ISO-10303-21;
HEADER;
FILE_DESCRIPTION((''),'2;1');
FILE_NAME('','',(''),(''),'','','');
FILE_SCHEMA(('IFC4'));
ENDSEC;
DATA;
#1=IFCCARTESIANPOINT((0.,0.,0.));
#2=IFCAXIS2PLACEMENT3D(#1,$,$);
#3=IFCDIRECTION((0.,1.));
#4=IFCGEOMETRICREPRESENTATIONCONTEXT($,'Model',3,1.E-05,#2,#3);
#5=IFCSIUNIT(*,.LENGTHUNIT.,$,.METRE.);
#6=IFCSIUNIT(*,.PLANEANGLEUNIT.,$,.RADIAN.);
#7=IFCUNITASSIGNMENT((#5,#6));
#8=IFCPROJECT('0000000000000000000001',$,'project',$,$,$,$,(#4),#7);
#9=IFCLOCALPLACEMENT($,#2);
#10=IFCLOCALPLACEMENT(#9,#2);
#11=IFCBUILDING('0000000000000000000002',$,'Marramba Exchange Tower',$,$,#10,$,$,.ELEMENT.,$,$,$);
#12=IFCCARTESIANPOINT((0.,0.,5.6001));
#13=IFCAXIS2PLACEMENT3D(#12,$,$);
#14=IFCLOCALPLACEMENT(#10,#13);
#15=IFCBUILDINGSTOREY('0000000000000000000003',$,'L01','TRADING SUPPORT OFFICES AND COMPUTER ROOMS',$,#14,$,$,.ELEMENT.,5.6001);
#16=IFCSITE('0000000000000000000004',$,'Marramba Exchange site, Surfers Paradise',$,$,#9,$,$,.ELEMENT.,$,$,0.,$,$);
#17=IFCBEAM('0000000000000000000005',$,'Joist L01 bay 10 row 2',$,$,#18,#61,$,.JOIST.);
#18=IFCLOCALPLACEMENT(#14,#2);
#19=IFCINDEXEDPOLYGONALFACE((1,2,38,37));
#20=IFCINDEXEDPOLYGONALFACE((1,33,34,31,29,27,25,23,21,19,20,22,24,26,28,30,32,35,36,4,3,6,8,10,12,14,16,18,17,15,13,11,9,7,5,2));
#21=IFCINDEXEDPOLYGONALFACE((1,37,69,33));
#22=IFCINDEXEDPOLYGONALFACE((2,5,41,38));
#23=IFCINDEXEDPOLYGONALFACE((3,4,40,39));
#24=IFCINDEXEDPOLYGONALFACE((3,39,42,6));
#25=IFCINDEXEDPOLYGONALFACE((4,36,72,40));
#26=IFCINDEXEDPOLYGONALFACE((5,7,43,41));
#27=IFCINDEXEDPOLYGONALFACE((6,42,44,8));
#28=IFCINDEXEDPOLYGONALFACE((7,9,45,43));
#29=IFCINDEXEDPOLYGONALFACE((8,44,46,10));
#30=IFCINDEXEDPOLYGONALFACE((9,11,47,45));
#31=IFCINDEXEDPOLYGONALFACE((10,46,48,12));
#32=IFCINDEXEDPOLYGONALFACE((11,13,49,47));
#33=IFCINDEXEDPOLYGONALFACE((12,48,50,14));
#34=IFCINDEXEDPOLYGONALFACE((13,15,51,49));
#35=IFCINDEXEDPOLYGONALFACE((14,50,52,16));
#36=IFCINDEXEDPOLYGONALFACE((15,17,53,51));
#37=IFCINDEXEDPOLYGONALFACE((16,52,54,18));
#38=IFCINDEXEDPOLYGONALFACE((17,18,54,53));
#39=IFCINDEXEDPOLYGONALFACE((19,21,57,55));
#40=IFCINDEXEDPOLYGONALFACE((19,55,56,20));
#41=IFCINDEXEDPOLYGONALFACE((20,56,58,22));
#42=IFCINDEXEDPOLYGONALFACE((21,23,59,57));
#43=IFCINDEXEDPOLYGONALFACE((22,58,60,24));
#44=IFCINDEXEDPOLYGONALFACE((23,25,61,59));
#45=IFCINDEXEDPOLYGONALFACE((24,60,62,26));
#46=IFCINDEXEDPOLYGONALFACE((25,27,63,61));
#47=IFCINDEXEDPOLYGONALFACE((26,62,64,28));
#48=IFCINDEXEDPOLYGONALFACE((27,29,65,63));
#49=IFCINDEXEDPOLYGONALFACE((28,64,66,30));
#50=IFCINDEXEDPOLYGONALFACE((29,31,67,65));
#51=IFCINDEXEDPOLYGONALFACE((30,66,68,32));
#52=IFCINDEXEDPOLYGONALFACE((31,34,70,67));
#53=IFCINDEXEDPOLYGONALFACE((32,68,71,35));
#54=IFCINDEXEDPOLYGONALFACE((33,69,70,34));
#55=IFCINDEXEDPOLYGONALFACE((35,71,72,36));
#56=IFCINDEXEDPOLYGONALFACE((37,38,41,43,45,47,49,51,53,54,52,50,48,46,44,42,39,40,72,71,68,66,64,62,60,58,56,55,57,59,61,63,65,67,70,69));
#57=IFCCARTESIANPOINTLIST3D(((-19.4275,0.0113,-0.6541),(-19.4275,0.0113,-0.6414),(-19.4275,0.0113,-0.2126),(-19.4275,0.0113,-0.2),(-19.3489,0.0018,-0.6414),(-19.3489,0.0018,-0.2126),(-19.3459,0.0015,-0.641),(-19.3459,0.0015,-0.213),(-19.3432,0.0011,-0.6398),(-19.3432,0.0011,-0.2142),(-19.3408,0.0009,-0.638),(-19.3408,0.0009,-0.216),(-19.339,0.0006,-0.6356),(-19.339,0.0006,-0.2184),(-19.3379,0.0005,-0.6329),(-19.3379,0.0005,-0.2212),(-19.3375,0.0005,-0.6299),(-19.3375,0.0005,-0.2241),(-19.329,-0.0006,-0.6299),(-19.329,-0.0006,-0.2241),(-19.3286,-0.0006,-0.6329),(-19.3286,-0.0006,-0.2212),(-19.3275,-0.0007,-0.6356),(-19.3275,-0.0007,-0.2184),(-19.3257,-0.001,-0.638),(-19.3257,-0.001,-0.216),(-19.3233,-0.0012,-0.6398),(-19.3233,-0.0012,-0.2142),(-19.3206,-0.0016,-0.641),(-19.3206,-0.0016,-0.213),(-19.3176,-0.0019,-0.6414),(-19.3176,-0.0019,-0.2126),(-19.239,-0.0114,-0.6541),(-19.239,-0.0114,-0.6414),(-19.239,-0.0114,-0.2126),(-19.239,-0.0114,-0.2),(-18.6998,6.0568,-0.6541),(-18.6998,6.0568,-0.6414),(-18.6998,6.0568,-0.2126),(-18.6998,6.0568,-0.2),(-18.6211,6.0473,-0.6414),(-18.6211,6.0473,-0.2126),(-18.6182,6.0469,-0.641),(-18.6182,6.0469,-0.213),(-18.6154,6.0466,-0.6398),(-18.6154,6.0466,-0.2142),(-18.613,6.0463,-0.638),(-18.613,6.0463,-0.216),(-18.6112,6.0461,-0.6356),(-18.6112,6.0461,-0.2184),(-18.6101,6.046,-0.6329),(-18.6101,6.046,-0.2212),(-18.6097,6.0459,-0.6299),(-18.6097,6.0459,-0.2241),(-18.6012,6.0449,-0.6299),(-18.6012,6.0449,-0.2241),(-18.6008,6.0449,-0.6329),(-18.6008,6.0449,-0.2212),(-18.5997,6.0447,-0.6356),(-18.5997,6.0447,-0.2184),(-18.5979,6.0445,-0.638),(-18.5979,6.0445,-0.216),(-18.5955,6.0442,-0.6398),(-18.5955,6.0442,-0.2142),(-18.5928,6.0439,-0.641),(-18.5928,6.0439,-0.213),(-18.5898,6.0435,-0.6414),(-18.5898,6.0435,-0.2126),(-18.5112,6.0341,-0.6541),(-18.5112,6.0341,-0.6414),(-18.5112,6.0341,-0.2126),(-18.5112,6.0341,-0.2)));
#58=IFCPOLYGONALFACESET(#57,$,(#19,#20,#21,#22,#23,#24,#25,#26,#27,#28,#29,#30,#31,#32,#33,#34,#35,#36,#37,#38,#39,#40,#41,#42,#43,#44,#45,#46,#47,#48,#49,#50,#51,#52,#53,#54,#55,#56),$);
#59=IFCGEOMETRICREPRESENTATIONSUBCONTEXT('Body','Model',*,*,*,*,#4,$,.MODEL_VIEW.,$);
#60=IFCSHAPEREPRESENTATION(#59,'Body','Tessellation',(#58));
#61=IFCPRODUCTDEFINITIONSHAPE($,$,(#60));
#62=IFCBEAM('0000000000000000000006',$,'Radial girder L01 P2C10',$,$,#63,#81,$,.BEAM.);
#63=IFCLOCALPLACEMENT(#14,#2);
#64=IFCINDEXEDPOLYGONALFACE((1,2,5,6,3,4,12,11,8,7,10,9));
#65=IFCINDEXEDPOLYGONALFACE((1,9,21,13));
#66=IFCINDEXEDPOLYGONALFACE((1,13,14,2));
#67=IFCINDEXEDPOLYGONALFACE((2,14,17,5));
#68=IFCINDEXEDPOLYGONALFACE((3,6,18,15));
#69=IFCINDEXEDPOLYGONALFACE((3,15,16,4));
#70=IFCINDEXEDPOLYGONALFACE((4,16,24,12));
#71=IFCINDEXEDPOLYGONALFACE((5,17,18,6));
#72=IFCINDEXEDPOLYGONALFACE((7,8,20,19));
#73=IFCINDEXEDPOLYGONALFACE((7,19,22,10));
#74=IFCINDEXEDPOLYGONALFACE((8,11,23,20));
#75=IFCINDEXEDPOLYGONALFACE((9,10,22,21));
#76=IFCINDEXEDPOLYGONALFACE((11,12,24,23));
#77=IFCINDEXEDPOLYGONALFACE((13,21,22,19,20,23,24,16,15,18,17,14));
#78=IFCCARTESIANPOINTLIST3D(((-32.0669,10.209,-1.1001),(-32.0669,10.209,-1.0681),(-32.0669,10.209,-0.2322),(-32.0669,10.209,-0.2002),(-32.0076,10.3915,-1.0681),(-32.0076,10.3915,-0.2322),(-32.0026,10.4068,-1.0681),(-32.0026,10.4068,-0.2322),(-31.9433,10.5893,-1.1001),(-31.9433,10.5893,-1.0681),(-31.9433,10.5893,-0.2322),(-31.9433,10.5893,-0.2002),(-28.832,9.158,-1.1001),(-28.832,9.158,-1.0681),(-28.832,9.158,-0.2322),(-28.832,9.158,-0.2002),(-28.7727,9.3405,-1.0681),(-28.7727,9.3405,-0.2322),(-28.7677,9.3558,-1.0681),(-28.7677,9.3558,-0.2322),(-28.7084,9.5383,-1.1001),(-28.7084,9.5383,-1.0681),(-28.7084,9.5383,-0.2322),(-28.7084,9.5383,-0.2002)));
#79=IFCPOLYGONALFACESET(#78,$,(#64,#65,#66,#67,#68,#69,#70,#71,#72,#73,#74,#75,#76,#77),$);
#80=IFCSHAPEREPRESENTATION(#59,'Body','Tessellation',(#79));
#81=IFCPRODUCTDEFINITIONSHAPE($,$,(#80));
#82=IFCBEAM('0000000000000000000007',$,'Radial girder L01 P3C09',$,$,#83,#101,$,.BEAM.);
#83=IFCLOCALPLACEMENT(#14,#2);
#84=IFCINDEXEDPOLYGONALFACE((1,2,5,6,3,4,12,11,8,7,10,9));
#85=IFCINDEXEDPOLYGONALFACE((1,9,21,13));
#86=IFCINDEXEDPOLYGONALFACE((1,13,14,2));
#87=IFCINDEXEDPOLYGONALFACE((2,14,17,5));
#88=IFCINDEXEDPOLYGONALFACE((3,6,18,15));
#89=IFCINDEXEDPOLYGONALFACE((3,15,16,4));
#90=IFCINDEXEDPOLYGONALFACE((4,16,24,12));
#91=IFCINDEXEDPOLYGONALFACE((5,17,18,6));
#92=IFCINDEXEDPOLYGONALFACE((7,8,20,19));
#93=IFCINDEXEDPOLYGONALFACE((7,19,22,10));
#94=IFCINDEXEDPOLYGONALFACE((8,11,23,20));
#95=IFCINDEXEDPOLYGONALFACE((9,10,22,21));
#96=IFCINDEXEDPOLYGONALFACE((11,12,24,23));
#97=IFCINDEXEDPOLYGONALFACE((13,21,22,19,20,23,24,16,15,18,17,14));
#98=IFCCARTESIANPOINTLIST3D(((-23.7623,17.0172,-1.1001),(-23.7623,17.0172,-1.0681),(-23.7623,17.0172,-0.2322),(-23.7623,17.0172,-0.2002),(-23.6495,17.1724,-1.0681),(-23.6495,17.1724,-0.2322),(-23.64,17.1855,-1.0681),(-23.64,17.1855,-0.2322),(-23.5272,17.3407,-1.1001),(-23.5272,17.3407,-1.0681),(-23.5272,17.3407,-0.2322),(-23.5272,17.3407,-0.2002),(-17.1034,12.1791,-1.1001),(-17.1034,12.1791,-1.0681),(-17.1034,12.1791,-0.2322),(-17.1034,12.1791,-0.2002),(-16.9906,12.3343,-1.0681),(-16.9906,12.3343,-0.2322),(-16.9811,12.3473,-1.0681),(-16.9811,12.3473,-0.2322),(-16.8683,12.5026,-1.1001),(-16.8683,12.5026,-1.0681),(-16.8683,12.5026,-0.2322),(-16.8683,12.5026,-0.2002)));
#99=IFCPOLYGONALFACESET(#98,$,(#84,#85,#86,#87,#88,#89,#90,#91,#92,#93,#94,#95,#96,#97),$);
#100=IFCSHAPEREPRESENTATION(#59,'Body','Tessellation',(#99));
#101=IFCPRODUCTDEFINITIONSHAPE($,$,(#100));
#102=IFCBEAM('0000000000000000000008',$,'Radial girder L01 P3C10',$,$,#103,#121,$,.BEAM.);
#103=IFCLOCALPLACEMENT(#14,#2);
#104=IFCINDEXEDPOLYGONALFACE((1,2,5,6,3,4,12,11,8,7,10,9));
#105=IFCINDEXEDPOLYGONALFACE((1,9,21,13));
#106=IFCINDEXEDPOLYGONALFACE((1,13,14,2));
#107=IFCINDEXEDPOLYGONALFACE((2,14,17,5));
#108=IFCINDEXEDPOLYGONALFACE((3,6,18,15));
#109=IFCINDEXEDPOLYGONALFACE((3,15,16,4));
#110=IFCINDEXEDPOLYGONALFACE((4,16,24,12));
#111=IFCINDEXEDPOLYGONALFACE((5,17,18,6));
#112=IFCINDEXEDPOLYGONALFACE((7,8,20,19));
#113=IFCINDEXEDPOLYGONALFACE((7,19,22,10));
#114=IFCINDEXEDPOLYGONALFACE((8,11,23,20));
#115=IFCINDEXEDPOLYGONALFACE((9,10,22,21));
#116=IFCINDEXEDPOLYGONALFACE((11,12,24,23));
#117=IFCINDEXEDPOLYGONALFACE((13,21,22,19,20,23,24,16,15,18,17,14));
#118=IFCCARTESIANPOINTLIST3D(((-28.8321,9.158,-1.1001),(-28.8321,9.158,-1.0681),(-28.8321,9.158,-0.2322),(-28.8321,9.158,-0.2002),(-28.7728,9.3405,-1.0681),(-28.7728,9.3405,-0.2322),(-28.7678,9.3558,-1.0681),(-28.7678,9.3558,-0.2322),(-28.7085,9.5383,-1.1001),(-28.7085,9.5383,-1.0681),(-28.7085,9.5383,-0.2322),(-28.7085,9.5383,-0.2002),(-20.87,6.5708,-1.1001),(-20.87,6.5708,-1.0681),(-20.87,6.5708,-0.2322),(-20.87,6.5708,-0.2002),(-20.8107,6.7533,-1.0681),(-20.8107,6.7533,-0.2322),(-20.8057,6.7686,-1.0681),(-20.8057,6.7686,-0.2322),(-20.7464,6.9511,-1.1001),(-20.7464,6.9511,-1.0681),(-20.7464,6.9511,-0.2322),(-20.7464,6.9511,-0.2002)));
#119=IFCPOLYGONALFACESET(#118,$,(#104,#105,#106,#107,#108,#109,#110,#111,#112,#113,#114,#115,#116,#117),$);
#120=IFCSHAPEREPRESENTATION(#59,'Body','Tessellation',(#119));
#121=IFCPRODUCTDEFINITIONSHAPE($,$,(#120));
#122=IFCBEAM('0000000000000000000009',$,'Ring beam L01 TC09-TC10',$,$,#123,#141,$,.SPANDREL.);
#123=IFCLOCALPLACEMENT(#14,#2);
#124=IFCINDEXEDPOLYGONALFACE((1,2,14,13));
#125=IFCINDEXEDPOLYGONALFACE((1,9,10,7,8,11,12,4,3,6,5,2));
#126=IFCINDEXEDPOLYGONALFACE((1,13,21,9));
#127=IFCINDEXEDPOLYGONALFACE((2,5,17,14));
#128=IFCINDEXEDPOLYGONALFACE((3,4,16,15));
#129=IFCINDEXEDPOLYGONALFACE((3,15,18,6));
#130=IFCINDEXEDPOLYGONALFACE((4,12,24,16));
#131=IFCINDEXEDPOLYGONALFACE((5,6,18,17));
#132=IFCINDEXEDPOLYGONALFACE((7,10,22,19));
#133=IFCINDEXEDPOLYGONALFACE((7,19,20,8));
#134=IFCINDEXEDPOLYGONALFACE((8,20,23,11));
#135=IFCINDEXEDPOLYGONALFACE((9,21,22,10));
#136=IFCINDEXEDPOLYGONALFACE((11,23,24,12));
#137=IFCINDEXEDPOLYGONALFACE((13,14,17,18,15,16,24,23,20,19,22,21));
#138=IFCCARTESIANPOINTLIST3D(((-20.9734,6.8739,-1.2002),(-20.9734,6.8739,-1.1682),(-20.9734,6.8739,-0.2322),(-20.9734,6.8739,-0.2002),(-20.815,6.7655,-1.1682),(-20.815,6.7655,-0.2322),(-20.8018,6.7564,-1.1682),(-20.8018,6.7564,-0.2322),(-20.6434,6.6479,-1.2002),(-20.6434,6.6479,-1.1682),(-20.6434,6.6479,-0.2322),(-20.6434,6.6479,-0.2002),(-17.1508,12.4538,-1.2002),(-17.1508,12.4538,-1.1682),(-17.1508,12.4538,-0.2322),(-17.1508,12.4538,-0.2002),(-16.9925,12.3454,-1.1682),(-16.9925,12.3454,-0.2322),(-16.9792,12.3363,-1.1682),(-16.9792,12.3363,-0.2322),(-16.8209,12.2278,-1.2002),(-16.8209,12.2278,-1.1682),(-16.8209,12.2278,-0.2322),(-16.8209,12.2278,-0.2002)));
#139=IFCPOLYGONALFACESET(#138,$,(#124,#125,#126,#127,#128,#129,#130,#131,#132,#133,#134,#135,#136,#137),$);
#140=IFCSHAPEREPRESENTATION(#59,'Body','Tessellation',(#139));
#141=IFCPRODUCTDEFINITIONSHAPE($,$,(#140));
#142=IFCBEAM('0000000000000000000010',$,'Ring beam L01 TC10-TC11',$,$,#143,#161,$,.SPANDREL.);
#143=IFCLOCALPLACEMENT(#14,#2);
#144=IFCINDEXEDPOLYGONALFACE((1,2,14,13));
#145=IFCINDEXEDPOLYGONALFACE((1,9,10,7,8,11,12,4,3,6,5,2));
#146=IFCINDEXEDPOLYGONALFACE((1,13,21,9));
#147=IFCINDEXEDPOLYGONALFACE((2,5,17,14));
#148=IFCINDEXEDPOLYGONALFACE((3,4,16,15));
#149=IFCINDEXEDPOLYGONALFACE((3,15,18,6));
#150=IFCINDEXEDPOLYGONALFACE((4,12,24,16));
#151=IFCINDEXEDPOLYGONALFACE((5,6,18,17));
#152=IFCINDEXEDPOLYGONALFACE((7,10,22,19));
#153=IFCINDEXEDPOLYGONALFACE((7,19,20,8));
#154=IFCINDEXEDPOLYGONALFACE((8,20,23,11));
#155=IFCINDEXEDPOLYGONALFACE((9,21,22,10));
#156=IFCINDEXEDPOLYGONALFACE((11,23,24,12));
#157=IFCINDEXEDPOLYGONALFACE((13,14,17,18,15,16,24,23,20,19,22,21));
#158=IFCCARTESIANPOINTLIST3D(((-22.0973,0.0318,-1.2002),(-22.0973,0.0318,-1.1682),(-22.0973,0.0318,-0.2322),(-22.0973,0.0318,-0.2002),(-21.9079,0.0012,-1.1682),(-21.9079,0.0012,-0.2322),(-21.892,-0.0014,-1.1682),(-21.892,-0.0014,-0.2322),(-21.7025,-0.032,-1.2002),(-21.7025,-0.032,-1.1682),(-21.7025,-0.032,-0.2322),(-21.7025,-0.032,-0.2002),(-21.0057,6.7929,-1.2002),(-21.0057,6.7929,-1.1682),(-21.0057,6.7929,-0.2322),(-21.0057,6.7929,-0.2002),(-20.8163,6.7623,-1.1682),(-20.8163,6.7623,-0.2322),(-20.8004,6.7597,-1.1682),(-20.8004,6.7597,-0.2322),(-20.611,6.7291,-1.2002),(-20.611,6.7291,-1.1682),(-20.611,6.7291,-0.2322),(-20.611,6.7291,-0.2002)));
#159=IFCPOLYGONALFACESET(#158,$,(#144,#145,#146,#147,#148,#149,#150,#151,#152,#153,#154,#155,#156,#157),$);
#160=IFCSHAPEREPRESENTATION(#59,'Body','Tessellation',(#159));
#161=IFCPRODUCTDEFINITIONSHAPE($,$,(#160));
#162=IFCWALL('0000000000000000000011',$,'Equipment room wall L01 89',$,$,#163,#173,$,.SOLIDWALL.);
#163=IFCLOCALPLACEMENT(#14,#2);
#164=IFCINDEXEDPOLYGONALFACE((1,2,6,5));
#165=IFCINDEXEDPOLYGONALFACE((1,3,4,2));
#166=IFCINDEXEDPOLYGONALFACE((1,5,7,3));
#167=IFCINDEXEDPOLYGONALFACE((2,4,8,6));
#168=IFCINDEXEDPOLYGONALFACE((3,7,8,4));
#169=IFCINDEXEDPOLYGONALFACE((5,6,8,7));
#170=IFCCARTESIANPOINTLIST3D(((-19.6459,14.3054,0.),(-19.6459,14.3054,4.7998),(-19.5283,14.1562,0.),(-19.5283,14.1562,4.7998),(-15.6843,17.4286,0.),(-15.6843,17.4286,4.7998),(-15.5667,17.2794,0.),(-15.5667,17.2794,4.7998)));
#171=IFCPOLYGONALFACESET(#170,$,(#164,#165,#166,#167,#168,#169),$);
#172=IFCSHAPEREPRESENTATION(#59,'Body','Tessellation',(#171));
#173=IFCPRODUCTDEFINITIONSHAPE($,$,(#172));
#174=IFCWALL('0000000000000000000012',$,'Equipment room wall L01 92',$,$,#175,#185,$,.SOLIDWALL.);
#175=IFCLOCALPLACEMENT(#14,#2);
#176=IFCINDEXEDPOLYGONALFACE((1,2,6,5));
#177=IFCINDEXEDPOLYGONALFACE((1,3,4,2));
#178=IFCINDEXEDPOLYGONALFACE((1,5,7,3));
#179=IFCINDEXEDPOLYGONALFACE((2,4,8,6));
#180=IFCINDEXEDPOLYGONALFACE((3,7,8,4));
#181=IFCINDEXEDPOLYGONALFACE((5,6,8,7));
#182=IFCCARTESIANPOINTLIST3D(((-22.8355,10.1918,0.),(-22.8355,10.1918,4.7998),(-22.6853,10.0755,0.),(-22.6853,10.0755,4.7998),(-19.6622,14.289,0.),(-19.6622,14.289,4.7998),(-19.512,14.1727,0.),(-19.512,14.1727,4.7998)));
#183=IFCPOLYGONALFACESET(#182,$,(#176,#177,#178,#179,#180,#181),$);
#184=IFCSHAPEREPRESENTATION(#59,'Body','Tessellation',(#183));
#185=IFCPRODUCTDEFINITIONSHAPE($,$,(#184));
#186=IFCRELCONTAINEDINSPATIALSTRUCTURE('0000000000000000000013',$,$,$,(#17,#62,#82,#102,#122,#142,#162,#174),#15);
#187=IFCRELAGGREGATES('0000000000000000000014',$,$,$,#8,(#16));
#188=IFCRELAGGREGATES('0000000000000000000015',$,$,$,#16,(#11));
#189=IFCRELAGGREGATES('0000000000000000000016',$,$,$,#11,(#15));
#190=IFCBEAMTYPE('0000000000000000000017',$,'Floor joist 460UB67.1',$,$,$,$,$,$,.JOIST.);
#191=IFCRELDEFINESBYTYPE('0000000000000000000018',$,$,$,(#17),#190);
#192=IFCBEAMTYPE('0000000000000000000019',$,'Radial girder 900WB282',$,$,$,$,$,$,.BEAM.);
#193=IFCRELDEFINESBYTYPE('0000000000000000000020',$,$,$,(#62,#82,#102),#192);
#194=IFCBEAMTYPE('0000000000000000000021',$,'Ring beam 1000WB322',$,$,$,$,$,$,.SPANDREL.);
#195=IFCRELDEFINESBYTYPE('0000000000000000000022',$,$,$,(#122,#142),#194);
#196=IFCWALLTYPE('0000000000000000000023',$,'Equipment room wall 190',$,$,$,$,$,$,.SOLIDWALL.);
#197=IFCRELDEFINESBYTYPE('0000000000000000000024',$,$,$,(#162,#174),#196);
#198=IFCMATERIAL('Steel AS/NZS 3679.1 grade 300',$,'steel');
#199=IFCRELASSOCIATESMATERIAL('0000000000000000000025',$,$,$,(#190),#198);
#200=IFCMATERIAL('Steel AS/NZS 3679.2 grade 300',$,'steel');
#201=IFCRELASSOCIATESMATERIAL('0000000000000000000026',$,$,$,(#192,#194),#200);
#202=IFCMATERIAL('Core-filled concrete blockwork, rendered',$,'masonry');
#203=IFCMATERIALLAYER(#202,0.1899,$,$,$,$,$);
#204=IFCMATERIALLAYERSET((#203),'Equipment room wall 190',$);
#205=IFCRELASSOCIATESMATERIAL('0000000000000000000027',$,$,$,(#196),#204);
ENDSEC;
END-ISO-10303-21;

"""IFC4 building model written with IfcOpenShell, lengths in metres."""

from ifc_helpers import new_model, si_unit, direction, frame, frame_2d, origin, origin_2d, place, context, subcontext, project, spatial, rectangle, i_section, extrude, material, layer, layer_set, material_profile, profile_set, type_object, element, save


model = new_model("IFC4")

# Units and contexts
model_context = context("Model", 3, precision=1e-05, world=origin(), true_north=direction((0.0, 1.0)))
body_context = subcontext(model_context, "Body", "Model", "MODEL_VIEW")
ifc_project = project(units=[si_unit("LENGTHUNIT", "METRE"), si_unit("PLANEANGLEUNIT", "RADIAN")], contexts=[model_context])

# Site, building, storey
site_placement = place(None, origin())
site = spatial("IfcSite", under=ifc_project, at=site_placement, Name="Marramba Exchange site, Surfers Paradise", CompositionType="ELEMENT", RefElevation=0.0)
building_placement = place(site_placement, origin())
building = spatial("IfcBuilding", under=site, at=building_placement, Name="Marramba Exchange Tower", CompositionType="ELEMENT")
storey_placement = place(building_placement, frame((0.0, 0.0, 5.6001)))
storey = spatial("IfcBuildingStorey", under=building, at=storey_placement, Name="L01", Description="TRADING SUPPORT OFFICES AND COMPUTER ROOMS", CompositionType="ELEMENT", Elevation=5.6001)

# Beams
ifc_material_1 = material(Name="Steel AS/NZS 3679.1 grade 300", Category="steel")
ifc_material_profile_1 = material_profile(ifc_material_1, i_section(OverallWidth=0.1899, OverallDepth=0.4541, WebThickness=0.0085, FlangeThickness=0.0127, FilletRadius=0.0115, at=origin_2d()), Name="460UB67.1")
ifc_profile_set_1 = profile_set([ifc_material_profile_1], Name="Steel AS/NZS 3679.1 grade 300")
beam_type_1 = type_object("IfcBeamType", Name="Floor joist 460UB67.1", PredefinedType="JOIST", material=ifc_profile_set_1)
beam_1_placement = place(storey_placement, frame((-18.6055, 6.0454, -0.427), z_axis=(-0.119523, -0.992831, 0.0), x_axis=(0.992831, -0.119523, 0.0)))
element("IfcBeam", 1, at=beam_1_placement, inside=storey, type_object=beam_type_1, Name="Joist L01 bay 10 row 2", PredefinedType="JOIST", context=body_context, shape_type="SweptSolid", body=[
    extrude(i_section(OverallWidth=0.1899, OverallDepth=0.4541, WebThickness=0.0085, FlangeThickness=0.0127, FilletRadius=0.0115, at=origin_2d()), origin(), (0.0, 0.0, 1.0), 6.0891),
])
ifc_material_2 = material(Name="Steel AS/NZS 3679.2 grade 300", Category="steel")
ifc_material_profile_2 = material_profile(ifc_material_2, i_section(OverallWidth=0.3999, OverallDepth=0.8999, WebThickness=0.0161, FlangeThickness=0.032, at=origin_2d()), Name="900WB282")
ifc_profile_set_2 = profile_set([ifc_material_profile_2], Name="Steel AS/NZS 3679.2 grade 300")
beam_type_2 = type_object("IfcBeamType", Name="Radial girder 900WB282", PredefinedType="BEAM", material=ifc_profile_set_2)
beam_2_placement = place(storey_placement, frame((-32.0051, 10.3992, -0.6501), z_axis=(0.95106, -0.309005, 0.0), x_axis=(0.309005, 0.95106, 0.0)))
element("IfcBeam", 2, at=beam_2_placement, inside=storey, type_object=beam_type_2, Name="Radial girder L01 P2C10", PredefinedType="BEAM", context=body_context, shape_type="SweptSolid", body=[
    extrude(i_section(OverallWidth=0.3999, OverallDepth=0.8999, WebThickness=0.0161, FlangeThickness=0.032, at=origin_2d()), origin(), (0.0, 0.0, 1.0), 3.4014),
])
beam_3_placement = place(storey_placement, frame((-23.6448, 17.179, -0.6501), z_axis=(0.809009, -0.587796, 0.0), x_axis=(0.587796, 0.809009, 0.0)))
element("IfcBeam", 3, at=beam_3_placement, inside=storey, type_object=beam_type_2, Name="Radial girder L01 P3C09", PredefinedType="BEAM", context=body_context, shape_type="SweptSolid", body=[
    extrude(i_section(OverallWidth=0.3999, OverallDepth=0.8999, WebThickness=0.0161, FlangeThickness=0.032, at=origin_2d()), origin(), (0.0, 0.0, 1.0), 8.231),
])
beam_4_placement = place(storey_placement, frame((-28.7703, 9.3481, -0.6501), z_axis=(0.95105, -0.309036, 0.0), x_axis=(0.309036, 0.95105, 0.0)))
element("IfcBeam", 4, at=beam_4_placement, inside=storey, type_object=beam_type_2, Name="Radial girder L01 P3C10", PredefinedType="BEAM", context=body_context, shape_type="SweptSolid", body=[
    extrude(i_section(OverallWidth=0.3999, OverallDepth=0.8999, WebThickness=0.0161, FlangeThickness=0.032, at=origin_2d()), origin(), (0.0, 0.0, 1.0), 8.3718),
])
ifc_material_profile_3 = material_profile(ifc_material_2, i_section(OverallWidth=0.3999, OverallDepth=1.0, WebThickness=0.0161, FlangeThickness=0.032, at=origin_2d()), Name="1000WB322")
ifc_profile_set_3 = profile_set([ifc_material_profile_3], Name="Steel AS/NZS 3679.2 grade 300")
beam_type_3 = type_object("IfcBeamType", Name="Ring beam 1000WB322", PredefinedType="SPANDREL", material=ifc_profile_set_3)
beam_5_placement = place(storey_placement, frame((-16.9858, 12.3408, -0.7002), z_axis=(-0.56516, -0.824981, 0.0), x_axis=(0.824981, -0.56516, 0.0)))
element("IfcBeam", 5, at=beam_5_placement, inside=storey, type_object=beam_type_3, Name="Ring beam L01 TC09-TC10", PredefinedType="SPANDREL", context=body_context, shape_type="SweptSolid", body=[
    extrude(i_section(OverallWidth=0.3999, OverallDepth=1.0, WebThickness=0.0161, FlangeThickness=0.032, at=origin_2d()), origin(), (0.0, 0.0, 1.0), 6.7637),
])
beam_6_placement = place(storey_placement, frame((-20.8083, 6.761, -0.7002), z_axis=(-0.159385, -0.987217, 0.0), x_axis=(0.987217, -0.159385, 0.0)))
element("IfcBeam", 6, at=beam_6_placement, inside=storey, type_object=beam_type_3, Name="Ring beam L01 TC10-TC11", PredefinedType="SPANDREL", context=body_context, shape_type="SweptSolid", body=[
    extrude(i_section(OverallWidth=0.3999, OverallDepth=1.0, WebThickness=0.0161, FlangeThickness=0.032, at=origin_2d()), origin(), (0.0, 0.0, 1.0), 6.8486),
])

# Walls
ifc_material_3 = material(Name="Core-filled concrete blockwork, rendered", Category="masonry")
ifc_layer_1 = layer(ifc_material_3, 0.1899)
ifc_layer_set_1 = layer_set([ifc_layer_1], Name="Equipment room wall 190")
wall_type_1 = type_object("IfcWallType", Name="Equipment room wall 190", PredefinedType="SOLIDWALL", material=ifc_layer_set_1)
wall_1_placement = place(storey_placement, frame((-19.5872, 14.2307, 0.0), z_axis=(0.0, 0.0, 1.0), x_axis=(0.785301, 0.619114, 0.0)))
element("IfcWall", 7, at=wall_1_placement, inside=storey, type_object=wall_type_1, Name="Equipment room wall L01 89", PredefinedType="SOLIDWALL", context=body_context, shape_type="SweptSolid", body=[
    extrude(rectangle(XDim=5.0447, YDim=0.1899, at=frame_2d((2.5225, 0.0))), origin(), (0.0, 0.0, 1.0), 4.7998),
])
wall_2_placement = place(storey_placement, frame((-22.7605, 10.1335, 0.0), z_axis=(0.0, 0.0, 1.0), x_axis=(0.612335, 0.790599, 0.0)))
element("IfcWall", 8, at=wall_2_placement, inside=storey, type_object=wall_type_1, Name="Equipment room wall L01 92", PredefinedType="SOLIDWALL", context=body_context, shape_type="SweptSolid", body=[
    extrude(rectangle(XDim=5.1824, YDim=0.1899, at=frame_2d((2.5913, 0.0))), origin(), (0.0, 0.0, 1.0), 4.7998),
])

save(model, "model.ifc")
